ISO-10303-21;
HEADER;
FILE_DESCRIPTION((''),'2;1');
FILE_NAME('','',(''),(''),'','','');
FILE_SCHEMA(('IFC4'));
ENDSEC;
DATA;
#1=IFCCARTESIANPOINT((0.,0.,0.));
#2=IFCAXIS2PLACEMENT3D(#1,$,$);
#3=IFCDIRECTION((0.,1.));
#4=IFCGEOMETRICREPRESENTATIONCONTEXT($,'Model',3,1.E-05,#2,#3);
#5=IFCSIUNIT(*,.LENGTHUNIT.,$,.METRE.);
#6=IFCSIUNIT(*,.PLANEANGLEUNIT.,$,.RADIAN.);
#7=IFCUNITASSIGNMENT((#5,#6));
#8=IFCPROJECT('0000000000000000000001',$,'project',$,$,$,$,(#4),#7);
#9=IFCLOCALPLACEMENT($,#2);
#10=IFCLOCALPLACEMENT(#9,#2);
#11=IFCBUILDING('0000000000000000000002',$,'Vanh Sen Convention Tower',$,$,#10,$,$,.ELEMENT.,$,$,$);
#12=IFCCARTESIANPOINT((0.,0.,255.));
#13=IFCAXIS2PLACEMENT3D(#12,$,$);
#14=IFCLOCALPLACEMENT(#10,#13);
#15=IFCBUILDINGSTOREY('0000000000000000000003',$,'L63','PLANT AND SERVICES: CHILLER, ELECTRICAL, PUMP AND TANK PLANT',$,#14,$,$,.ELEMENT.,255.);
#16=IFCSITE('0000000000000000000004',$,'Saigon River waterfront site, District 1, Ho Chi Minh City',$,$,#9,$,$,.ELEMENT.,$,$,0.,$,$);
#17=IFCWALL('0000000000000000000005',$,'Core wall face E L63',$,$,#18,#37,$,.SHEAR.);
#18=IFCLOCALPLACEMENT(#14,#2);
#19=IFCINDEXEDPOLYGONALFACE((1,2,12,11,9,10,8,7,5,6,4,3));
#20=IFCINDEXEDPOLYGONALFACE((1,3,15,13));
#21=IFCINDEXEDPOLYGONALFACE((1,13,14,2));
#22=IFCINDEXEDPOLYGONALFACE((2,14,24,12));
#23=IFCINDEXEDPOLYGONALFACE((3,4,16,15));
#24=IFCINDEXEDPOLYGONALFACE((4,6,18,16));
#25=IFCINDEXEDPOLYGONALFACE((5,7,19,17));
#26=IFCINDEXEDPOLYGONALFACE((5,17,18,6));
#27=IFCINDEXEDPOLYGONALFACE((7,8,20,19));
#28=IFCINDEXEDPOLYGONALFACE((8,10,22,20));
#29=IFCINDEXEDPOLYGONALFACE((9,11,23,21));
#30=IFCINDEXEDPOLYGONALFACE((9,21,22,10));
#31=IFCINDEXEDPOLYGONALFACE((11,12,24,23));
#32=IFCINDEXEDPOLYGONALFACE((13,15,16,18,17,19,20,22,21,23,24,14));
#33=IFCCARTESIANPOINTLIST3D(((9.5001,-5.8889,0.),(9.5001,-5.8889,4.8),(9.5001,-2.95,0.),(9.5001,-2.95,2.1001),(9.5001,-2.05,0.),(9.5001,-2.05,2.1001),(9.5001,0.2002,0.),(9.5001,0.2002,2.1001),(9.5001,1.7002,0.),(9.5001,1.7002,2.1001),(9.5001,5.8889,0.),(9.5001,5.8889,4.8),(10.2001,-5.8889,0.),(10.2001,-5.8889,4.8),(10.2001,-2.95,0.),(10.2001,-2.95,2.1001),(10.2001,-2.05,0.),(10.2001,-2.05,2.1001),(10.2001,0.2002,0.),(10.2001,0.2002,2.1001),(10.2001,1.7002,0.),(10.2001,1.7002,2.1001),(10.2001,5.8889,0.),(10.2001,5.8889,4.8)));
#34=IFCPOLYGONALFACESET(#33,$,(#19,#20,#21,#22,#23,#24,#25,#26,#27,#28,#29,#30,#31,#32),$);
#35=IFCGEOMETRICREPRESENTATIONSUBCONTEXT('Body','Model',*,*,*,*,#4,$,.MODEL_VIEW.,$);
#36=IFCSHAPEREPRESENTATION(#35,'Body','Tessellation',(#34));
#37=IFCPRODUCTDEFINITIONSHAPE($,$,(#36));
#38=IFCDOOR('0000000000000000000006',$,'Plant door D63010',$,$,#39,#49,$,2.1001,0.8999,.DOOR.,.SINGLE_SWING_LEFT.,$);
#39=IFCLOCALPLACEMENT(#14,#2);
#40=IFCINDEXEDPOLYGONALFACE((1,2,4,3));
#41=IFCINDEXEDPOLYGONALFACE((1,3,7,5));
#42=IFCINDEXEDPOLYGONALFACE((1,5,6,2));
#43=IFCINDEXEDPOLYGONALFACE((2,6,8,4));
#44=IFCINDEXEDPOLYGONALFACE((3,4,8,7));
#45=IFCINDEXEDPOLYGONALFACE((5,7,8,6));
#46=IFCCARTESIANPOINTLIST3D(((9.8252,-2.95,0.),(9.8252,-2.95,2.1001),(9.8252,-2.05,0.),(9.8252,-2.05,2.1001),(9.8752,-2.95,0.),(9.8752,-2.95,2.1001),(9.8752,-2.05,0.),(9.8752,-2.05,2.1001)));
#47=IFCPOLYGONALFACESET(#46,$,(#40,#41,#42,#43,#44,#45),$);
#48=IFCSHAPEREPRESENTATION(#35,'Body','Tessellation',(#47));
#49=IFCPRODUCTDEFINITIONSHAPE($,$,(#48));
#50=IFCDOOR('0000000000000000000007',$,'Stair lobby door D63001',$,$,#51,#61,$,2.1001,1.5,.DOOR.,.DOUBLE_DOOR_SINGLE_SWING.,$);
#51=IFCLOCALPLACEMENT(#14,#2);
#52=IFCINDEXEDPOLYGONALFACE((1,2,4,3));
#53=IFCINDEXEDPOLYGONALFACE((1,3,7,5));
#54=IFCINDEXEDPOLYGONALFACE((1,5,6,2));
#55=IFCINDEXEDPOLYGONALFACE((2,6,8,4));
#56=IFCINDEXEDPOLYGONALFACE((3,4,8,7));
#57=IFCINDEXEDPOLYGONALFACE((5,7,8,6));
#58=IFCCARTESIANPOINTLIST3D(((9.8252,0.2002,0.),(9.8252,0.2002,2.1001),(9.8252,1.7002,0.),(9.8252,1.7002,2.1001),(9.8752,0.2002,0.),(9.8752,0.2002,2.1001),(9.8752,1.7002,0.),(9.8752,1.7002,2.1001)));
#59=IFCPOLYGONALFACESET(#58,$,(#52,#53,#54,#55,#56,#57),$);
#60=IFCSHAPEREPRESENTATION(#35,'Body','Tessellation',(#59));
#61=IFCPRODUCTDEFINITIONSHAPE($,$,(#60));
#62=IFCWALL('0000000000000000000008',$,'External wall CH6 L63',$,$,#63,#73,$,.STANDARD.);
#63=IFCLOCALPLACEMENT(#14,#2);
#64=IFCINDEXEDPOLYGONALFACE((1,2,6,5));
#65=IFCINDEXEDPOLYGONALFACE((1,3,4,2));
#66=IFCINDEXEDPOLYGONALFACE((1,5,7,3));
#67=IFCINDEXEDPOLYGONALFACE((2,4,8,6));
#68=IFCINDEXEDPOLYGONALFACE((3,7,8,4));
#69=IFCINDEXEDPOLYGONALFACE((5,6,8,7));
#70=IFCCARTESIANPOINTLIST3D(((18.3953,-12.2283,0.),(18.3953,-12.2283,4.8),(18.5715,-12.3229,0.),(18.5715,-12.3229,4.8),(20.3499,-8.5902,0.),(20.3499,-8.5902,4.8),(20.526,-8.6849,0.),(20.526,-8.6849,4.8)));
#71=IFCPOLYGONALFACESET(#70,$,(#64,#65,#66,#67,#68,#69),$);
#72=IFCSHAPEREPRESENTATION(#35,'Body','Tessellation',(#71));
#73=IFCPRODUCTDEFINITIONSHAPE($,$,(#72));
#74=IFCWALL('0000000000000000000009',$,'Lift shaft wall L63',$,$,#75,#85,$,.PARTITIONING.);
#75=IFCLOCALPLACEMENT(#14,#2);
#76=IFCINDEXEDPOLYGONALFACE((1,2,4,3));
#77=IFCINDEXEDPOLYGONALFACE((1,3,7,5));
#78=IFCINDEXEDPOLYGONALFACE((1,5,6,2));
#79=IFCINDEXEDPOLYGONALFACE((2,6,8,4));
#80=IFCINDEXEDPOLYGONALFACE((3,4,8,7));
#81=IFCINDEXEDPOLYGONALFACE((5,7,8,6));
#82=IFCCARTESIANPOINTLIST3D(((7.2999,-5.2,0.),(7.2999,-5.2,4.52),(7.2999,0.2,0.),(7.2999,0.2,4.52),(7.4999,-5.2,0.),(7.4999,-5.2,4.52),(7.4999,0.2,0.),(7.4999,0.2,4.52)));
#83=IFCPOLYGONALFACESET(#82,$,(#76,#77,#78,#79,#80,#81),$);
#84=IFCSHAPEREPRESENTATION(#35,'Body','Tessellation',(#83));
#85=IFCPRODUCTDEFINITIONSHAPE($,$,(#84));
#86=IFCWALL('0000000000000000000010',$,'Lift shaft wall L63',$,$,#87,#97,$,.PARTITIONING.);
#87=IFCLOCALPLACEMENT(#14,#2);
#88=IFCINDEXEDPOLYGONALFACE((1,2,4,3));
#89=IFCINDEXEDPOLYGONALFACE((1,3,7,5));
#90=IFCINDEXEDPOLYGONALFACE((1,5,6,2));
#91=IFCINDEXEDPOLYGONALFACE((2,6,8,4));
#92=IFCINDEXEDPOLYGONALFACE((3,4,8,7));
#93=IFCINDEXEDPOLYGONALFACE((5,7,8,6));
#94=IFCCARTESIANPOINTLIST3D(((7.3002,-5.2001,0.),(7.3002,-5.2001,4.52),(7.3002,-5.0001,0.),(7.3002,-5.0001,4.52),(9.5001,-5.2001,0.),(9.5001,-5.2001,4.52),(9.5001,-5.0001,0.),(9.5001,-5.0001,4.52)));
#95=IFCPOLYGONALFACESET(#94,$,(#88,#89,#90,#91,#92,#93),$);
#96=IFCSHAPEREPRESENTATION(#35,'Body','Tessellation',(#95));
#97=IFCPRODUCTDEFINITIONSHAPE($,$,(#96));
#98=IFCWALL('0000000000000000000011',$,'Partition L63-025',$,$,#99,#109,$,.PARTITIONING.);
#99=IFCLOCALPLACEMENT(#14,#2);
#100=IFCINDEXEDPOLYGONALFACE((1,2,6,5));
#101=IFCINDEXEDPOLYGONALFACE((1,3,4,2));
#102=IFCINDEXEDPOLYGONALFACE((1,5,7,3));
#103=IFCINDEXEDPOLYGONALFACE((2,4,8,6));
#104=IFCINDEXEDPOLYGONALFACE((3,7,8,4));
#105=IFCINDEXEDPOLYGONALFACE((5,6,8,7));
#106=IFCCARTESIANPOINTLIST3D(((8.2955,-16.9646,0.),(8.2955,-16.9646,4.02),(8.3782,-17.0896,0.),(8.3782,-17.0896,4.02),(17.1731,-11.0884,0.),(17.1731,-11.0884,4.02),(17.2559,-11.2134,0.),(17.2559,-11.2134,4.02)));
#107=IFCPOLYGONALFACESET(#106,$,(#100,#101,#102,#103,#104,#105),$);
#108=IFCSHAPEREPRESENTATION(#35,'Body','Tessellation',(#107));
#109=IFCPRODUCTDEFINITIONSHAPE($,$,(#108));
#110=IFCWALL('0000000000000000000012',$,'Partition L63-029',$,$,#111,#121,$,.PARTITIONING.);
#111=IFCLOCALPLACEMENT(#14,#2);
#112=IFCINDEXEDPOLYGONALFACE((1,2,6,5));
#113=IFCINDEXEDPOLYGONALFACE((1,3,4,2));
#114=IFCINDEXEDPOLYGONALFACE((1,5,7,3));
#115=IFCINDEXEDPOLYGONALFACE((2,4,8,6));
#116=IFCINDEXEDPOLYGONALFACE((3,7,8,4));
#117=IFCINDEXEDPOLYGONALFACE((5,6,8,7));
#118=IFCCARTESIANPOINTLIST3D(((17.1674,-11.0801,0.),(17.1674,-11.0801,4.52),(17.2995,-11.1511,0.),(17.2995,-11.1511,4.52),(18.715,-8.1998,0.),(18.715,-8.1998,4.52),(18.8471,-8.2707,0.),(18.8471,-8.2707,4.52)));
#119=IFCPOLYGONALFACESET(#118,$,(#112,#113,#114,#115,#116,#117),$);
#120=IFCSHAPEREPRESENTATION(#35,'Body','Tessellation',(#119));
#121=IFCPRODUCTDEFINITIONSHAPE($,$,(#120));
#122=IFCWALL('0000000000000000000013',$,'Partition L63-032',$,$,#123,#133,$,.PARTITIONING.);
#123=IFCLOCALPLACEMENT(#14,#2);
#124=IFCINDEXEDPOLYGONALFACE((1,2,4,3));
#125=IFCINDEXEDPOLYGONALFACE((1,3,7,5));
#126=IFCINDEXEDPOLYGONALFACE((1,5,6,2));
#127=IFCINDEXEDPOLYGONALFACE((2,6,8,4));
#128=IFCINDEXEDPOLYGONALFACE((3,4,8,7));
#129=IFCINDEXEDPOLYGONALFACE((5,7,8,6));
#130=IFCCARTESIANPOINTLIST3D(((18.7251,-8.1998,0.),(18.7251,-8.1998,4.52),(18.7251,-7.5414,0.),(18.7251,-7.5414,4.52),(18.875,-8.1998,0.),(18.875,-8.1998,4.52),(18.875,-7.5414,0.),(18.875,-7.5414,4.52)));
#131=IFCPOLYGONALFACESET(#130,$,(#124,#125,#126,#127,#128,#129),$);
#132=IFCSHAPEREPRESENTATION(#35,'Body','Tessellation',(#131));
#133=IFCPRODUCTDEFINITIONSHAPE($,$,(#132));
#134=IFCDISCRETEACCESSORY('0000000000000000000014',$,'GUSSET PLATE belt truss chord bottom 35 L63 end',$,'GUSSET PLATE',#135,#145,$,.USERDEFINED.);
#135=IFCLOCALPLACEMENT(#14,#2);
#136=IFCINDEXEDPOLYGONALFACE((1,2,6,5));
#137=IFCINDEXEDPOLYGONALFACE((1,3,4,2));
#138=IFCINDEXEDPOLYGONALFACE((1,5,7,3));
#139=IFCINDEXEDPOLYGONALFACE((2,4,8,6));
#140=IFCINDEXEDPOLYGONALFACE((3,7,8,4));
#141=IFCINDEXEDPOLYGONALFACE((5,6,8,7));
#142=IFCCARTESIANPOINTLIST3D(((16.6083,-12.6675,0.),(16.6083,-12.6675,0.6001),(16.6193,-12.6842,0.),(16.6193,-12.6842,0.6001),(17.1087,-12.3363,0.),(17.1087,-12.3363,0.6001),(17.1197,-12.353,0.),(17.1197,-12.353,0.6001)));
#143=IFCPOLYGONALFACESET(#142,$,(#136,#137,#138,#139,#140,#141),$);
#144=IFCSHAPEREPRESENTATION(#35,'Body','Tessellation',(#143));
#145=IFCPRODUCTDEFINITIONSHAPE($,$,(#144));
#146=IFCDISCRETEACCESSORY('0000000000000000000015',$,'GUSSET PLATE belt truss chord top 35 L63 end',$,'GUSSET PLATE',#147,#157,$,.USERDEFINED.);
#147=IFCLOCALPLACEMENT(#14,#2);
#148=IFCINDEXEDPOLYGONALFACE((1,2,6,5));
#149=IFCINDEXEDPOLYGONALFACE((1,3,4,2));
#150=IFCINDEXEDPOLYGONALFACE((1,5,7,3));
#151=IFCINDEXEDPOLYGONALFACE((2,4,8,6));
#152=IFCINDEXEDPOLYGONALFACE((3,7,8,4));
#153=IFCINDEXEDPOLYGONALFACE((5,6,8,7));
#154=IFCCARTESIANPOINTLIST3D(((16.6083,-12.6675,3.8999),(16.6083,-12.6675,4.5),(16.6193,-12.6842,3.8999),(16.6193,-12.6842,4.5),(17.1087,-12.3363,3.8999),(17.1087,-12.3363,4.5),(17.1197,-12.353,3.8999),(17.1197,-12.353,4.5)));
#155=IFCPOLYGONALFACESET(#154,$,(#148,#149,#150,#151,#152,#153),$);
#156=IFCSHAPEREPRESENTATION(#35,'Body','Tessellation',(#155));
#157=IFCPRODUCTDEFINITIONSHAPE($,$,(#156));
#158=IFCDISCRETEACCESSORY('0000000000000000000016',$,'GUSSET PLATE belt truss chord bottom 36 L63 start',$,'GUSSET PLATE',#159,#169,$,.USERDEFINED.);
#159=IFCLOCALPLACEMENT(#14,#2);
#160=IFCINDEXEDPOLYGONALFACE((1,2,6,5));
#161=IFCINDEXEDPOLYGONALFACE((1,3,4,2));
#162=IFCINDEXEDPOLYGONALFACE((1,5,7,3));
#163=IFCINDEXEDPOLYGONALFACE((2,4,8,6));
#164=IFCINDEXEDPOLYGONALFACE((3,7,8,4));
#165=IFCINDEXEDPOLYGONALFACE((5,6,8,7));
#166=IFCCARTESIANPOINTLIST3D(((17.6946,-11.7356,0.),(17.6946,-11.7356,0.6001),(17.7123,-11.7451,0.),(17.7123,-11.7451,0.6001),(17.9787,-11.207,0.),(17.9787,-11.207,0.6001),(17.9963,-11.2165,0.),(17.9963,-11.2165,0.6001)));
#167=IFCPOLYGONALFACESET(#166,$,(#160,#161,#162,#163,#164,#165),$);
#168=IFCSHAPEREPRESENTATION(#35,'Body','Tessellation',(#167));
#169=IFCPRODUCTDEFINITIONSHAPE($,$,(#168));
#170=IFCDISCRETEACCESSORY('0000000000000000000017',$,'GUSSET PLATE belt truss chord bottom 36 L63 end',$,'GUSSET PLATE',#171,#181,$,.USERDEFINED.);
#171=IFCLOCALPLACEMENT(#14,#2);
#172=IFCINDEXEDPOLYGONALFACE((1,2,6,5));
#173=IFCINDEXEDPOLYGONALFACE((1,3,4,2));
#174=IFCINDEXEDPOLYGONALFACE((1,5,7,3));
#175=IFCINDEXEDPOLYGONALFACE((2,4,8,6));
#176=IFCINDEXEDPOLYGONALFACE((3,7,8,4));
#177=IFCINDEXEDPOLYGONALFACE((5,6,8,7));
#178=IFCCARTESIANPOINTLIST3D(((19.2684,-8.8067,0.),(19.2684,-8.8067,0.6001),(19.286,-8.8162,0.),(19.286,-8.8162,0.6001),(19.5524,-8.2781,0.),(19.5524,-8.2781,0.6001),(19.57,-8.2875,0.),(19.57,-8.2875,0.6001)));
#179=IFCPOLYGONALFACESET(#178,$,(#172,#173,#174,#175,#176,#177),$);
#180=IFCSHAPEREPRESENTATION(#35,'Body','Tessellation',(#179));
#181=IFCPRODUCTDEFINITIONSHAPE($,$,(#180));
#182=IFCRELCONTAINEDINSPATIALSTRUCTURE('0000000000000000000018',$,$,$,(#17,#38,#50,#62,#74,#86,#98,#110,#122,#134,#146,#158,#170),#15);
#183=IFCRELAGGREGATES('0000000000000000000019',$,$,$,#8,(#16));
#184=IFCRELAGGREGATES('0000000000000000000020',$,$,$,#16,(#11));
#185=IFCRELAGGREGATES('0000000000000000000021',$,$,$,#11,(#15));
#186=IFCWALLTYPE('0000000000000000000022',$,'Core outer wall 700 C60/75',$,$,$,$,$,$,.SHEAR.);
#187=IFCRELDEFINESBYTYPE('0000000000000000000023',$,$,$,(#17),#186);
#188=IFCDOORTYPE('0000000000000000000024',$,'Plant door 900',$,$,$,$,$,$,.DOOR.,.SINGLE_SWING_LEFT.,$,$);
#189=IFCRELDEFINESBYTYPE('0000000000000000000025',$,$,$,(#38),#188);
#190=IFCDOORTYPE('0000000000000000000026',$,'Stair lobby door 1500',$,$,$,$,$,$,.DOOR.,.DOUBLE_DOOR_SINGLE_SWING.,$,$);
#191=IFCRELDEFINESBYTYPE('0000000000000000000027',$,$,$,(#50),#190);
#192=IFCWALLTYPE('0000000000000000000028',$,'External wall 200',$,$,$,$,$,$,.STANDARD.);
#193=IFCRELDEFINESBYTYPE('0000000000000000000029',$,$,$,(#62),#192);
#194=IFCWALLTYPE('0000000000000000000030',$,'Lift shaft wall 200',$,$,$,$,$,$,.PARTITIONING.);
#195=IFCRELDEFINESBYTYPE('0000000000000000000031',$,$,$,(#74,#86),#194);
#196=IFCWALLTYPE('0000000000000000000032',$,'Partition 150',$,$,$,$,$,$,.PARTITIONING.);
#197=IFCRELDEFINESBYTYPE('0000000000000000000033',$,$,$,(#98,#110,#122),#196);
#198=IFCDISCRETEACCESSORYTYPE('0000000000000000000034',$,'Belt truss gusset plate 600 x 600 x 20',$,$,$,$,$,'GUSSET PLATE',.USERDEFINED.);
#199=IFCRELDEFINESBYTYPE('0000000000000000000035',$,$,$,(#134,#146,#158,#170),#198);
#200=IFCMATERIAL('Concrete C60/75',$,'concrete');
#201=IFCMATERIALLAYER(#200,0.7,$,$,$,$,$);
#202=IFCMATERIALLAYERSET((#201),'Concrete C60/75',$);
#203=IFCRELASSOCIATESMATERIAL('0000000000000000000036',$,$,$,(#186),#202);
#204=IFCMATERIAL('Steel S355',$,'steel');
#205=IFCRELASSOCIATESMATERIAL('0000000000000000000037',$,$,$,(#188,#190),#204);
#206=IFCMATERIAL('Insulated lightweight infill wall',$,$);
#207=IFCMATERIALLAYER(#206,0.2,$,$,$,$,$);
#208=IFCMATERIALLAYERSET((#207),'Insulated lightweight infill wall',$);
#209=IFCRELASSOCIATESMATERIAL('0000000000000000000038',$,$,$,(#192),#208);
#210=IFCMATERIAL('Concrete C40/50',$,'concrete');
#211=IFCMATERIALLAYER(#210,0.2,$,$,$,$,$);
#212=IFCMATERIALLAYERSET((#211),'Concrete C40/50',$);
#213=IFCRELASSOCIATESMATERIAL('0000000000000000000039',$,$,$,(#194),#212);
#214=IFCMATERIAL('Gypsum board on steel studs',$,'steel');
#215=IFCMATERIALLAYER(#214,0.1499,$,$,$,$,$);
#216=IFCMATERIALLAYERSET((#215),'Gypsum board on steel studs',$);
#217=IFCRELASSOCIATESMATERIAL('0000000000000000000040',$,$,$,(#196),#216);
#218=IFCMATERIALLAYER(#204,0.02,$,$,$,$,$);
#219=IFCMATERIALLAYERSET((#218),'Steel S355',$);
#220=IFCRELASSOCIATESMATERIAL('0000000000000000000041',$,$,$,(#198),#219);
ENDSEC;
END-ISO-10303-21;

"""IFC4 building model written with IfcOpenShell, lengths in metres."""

from ifc_helpers import new_model, si_unit, direction, frame, frame_2d, origin, origin_2d, place, context, subcontext, project, spatial, rectangle, extrude, material, layer, layer_set, type_object, element, fill, save


model = new_model("IFC4")

# Units and contexts
model_context = context("Model", 3, precision=1e-05, world=origin(), true_north=direction((0.0, 1.0)))
body_context = subcontext(model_context, "Body", "Model", "MODEL_VIEW")
ifc_project = project(units=[si_unit("LENGTHUNIT", "METRE"), si_unit("PLANEANGLEUNIT", "RADIAN")], contexts=[model_context])

# Site, building, storey
site_placement = place(None, origin())
site = spatial("IfcSite", under=ifc_project, at=site_placement, Name="Saigon River waterfront site, District 1, Ho Chi Minh City", CompositionType="ELEMENT", RefElevation=0.0)
building_placement = place(site_placement, origin())
building = spatial("IfcBuilding", under=site, at=building_placement, Name="Vanh Sen Convention Tower", CompositionType="ELEMENT")
storey_placement = place(building_placement, frame((0.0, 0.0, 255.0)))
storey = spatial("IfcBuildingStorey", under=building, at=storey_placement, Name="L63", Description="PLANT AND SERVICES: CHILLER, ELECTRICAL, PUMP AND TANK PLANT", CompositionType="ELEMENT", Elevation=255.0)

# Shared definitions
ifc_material_1 = material(Name="Concrete C60/75", Category="concrete")

# Shared definitions
ifc_material_2 = material(Name="Steel S355", Category="steel")

# Wall, openings, doors
ifc_layer_1 = layer(ifc_material_1, 0.7)
ifc_layer_set_1 = layer_set([ifc_layer_1], Name="Concrete C60/75")
wall_type_1 = type_object("IfcWallType", Name="Core outer wall 700 C60/75", PredefinedType="SHEAR", material=ifc_layer_set_1)
wall_1_placement = place(storey_placement, frame((9.8501, -5.8889, 0.0), z_axis=(0.0, 0.0, 1.0), x_axis=(0.0, 1.0, 0.0)))
wall_1 = element("IfcWall", 1, at=wall_1_placement, inside=storey, type_object=wall_type_1, Name="Core wall face E L63", PredefinedType="SHEAR", context=body_context, shape_type="SweptSolid", body=[
    extrude(rectangle(XDim=11.7778, YDim=0.7, at=frame_2d((5.8889, 0.0))), origin(), (0.0, 0.0, 1.0), 4.8),
])
opening_1_placement = place(wall_1_placement, frame((6.0891, 0.0, 0.0)))
opening_1 = element("IfcOpeningElement", 2, at=opening_1_placement, cuts=wall_1, PredefinedType="OPENING", context=body_context, shape_type="SweptSolid", body=[
    extrude(rectangle(XDim=1.5, YDim=2.1001, at=frame_2d((0.75, 1.05))), frame((0.0, 0.3599, 0.0), z_axis=(0.0, -1.0, 0.0), x_axis=(1.0, 0.0, 0.0)), (0.0, 0.0, 1.0), 0.72),
])
opening_2_placement = place(wall_1_placement, frame((2.939, 0.0, 0.0)))
opening_2 = element("IfcOpeningElement", 3, at=opening_2_placement, cuts=wall_1, PredefinedType="OPENING", context=body_context, shape_type="SweptSolid", body=[
    extrude(rectangle(XDim=0.8999, YDim=2.1001, at=frame_2d((0.45, 1.05))), frame((0.0, 0.3599, 0.0), z_axis=(0.0, -1.0, 0.0), x_axis=(1.0, 0.0, 0.0)), (0.0, 0.0, 1.0), 0.72),
])
door_type_1 = type_object("IfcDoorType", Name="Plant door 900", OperationType="SINGLE_SWING_LEFT", PredefinedType="DOOR", material=ifc_material_2)
door_1_placement = place(opening_2_placement, origin())
door_1 = element("IfcDoor", 4, at=door_1_placement, inside=storey, type_object=door_type_1, Name="Plant door D63010", OperationType="SINGLE_SWING_LEFT", OverallHeight=2.1001, OverallWidth=0.8999, PredefinedType="DOOR", context=body_context, shape_type="SweptSolid", body=[
    extrude(rectangle(XDim=0.8999, YDim=2.1001, at=frame_2d((0.45, 1.05))), frame((0.0, 0.0249, 0.0), z_axis=(0.0, -1.0, 0.0), x_axis=(1.0, 0.0, 0.0)), (0.0, 0.0, 1.0), 0.05),
])
fill(opening_2, door_1)
door_type_2 = type_object("IfcDoorType", Name="Stair lobby door 1500", OperationType="DOUBLE_DOOR_SINGLE_SWING", PredefinedType="DOOR", material=ifc_material_2)
door_2_placement = place(opening_1_placement, origin())
door_2 = element("IfcDoor", 5, at=door_2_placement, inside=storey, type_object=door_type_2, Name="Stair lobby door D63001", OperationType="DOUBLE_DOOR_SINGLE_SWING", OverallHeight=2.1001, OverallWidth=1.5, PredefinedType="DOOR", context=body_context, shape_type="SweptSolid", body=[
    extrude(rectangle(XDim=1.5, YDim=2.1001, at=frame_2d((0.75, 1.05))), frame((0.0, 0.0249, 0.0), z_axis=(0.0, -1.0, 0.0), x_axis=(1.0, 0.0, 0.0)), (0.0, 0.0, 1.0), 0.05),
])
fill(opening_1, door_2)

# Walls
ifc_material_3 = material(Name="Insulated lightweight infill wall")
ifc_layer_2 = layer(ifc_material_3, 0.2)
ifc_layer_set_2 = layer_set([ifc_layer_2], Name="Insulated lightweight infill wall")
wall_type_2 = type_object("IfcWallType", Name="External wall 200", PredefinedType="STANDARD", material=ifc_layer_set_2)
wall_2_placement = place(storey_placement, frame((18.4834, -12.2756, 0.0), z_axis=(0.0, 0.0, 1.0), x_axis=(0.473268, 0.880919, 0.0)))
element("IfcWall", 6, at=wall_2_placement, inside=storey, type_object=wall_type_2, Name="External wall CH6 L63", PredefinedType="STANDARD", context=body_context, shape_type="SweptSolid", body=[
    extrude(rectangle(XDim=4.1299, YDim=0.2, at=frame_2d((2.0649, 0.0))), origin(), (0.0, 0.0, 1.0), 4.8),
])
ifc_material_4 = material(Name="Concrete C40/50", Category="concrete")
ifc_layer_3 = layer(ifc_material_4, 0.2)
ifc_layer_set_3 = layer_set([ifc_layer_3], Name="Concrete C40/50")
wall_type_3 = type_object("IfcWallType", Name="Lift shaft wall 200", PredefinedType="PARTITIONING", material=ifc_layer_set_3)
wall_3_placement = place(storey_placement, frame((7.3999, -5.2, 0.0), z_axis=(0.0, 0.0, 1.0), x_axis=(0.0, 1.0, 0.0)))
element("IfcWall", 7, at=wall_3_placement, inside=storey, type_object=wall_type_3, Name="Lift shaft wall L63", PredefinedType="PARTITIONING", context=body_context, shape_type="SweptSolid", body=[
    extrude(rectangle(XDim=5.3999, YDim=0.2, at=frame_2d((2.7, 0.0))), origin(), (0.0, 0.0, 1.0), 4.52),
])
wall_4_placement = place(storey_placement, frame((7.3, -5.1001, 0.0), z_axis=(0.0, 0.0, 1.0), x_axis=(1.0, 0.0, 0.0)))
element("IfcWall", 8, at=wall_4_placement, inside=storey, type_object=wall_type_3, Name="Lift shaft wall L63", PredefinedType="PARTITIONING", context=body_context, shape_type="SweptSolid", body=[
    extrude(rectangle(XDim=2.2, YDim=0.2, at=frame_2d((1.1001, 0.0))), origin(), (0.0, 0.0, 1.0), 4.52),
])
ifc_material_5 = material(Name="Gypsum board on steel studs", Category="steel")
ifc_layer_4 = layer(ifc_material_5, 0.1499)
ifc_layer_set_4 = layer_set([ifc_layer_4], Name="Gypsum board on steel studs")
wall_type_4 = type_object("IfcWallType", Name="Partition 150", PredefinedType="PARTITIONING", material=ifc_layer_set_4)
wall_5_placement = place(storey_placement, frame((17.2146, -11.1509, 0.0), z_axis=(0.0, 0.0, 1.0), x_axis=(-0.833877, -0.551951, 0.0)))
element("IfcWall", 9, at=wall_5_placement, inside=storey, type_object=wall_type_4, Name="Partition L63-025", PredefinedType="PARTITIONING", context=body_context, shape_type="SweptSolid", body=[
    extrude(rectangle(XDim=10.6462, YDim=0.1499, at=frame_2d((5.3232, 0.0))), origin(), (0.0, 0.0, 1.0), 4.02),
])
wall_6_placement = place(storey_placement, frame((18.781, -8.2354, 0.0), z_axis=(0.0, 0.0, 1.0), x_axis=(-0.473303, -0.8809, 0.0)))
element("IfcWall", 10, at=wall_6_placement, inside=storey, type_object=wall_type_4, Name="Partition L63-029", PredefinedType="PARTITIONING", context=body_context, shape_type="SweptSolid", body=[
    extrude(rectangle(XDim=3.2698, YDim=0.1499, at=frame_2d((1.6348, 0.0))), origin(), (0.0, 0.0, 1.0), 4.52),
])
wall_7_placement = place(storey_placement, frame((18.8, -7.5415, 0.0), z_axis=(0.0, 0.0, 1.0), x_axis=(0.0, -1.0, 0.0)))
element("IfcWall", 11, at=wall_7_placement, inside=storey, type_object=wall_type_4, Name="Partition L63-032", PredefinedType="PARTITIONING", context=body_context, shape_type="SweptSolid", body=[
    extrude(rectangle(XDim=0.6584, YDim=0.1499, at=frame_2d((0.3291, 0.0))), origin(), (0.0, 0.0, 1.0), 4.52),
])

# Discrete accessories
ifc_layer_5 = layer(ifc_material_2, 0.02)
ifc_layer_set_5 = layer_set([ifc_layer_5], Name="Steel S355")
discrete_accessory_type = type_object("IfcDiscreteAccessoryType", Name="Belt truss gusset plate 600 x 600 x 20", ElementType="GUSSET PLATE", PredefinedType="USERDEFINED", material=ifc_layer_set_5)
for number, where, z_axis, x_axis, name in (
    (12, (16.864, -12.5103, 0.0), (0.0, 0.0, 1.0), (-0.833896, -0.551921, 0.0), "GUSSET PLATE belt truss chord bottom 35 L63 end"),
    (13, (16.864, -12.5103, 3.8999), (0.0, 0.0, 1.0), (-0.833896, -0.551921, 0.0), "GUSSET PLATE belt truss chord top 35 L63 end"),
    (14, (17.8455, -11.4761, 0.0), (0.0, 0.0, 1.0), (0.473312, 0.880895, 0.0), "GUSSET PLATE belt truss chord bottom 36 L63 start"),
    (15, (19.4192, -8.5471, 0.0), (0.0, 0.0, 1.0), (-0.473312, -0.880895, 0.0), "GUSSET PLATE belt truss chord bottom 36 L63 end"),
):
    element("IfcDiscreteAccessory", number, at=place(storey_placement, frame(where, z_axis=z_axis, x_axis=x_axis)), inside=storey, type_object=discrete_accessory_type, Name=name, ObjectType="GUSSET PLATE", PredefinedType="USERDEFINED", context=body_context, shape_type="SweptSolid", body=[
        extrude(rectangle(XDim=0.6001, YDim=0.02, at=origin_2d()), origin(), (0.0, 0.0, 1.0), 0.6001),
    ])

save(model, "model.ifc")
